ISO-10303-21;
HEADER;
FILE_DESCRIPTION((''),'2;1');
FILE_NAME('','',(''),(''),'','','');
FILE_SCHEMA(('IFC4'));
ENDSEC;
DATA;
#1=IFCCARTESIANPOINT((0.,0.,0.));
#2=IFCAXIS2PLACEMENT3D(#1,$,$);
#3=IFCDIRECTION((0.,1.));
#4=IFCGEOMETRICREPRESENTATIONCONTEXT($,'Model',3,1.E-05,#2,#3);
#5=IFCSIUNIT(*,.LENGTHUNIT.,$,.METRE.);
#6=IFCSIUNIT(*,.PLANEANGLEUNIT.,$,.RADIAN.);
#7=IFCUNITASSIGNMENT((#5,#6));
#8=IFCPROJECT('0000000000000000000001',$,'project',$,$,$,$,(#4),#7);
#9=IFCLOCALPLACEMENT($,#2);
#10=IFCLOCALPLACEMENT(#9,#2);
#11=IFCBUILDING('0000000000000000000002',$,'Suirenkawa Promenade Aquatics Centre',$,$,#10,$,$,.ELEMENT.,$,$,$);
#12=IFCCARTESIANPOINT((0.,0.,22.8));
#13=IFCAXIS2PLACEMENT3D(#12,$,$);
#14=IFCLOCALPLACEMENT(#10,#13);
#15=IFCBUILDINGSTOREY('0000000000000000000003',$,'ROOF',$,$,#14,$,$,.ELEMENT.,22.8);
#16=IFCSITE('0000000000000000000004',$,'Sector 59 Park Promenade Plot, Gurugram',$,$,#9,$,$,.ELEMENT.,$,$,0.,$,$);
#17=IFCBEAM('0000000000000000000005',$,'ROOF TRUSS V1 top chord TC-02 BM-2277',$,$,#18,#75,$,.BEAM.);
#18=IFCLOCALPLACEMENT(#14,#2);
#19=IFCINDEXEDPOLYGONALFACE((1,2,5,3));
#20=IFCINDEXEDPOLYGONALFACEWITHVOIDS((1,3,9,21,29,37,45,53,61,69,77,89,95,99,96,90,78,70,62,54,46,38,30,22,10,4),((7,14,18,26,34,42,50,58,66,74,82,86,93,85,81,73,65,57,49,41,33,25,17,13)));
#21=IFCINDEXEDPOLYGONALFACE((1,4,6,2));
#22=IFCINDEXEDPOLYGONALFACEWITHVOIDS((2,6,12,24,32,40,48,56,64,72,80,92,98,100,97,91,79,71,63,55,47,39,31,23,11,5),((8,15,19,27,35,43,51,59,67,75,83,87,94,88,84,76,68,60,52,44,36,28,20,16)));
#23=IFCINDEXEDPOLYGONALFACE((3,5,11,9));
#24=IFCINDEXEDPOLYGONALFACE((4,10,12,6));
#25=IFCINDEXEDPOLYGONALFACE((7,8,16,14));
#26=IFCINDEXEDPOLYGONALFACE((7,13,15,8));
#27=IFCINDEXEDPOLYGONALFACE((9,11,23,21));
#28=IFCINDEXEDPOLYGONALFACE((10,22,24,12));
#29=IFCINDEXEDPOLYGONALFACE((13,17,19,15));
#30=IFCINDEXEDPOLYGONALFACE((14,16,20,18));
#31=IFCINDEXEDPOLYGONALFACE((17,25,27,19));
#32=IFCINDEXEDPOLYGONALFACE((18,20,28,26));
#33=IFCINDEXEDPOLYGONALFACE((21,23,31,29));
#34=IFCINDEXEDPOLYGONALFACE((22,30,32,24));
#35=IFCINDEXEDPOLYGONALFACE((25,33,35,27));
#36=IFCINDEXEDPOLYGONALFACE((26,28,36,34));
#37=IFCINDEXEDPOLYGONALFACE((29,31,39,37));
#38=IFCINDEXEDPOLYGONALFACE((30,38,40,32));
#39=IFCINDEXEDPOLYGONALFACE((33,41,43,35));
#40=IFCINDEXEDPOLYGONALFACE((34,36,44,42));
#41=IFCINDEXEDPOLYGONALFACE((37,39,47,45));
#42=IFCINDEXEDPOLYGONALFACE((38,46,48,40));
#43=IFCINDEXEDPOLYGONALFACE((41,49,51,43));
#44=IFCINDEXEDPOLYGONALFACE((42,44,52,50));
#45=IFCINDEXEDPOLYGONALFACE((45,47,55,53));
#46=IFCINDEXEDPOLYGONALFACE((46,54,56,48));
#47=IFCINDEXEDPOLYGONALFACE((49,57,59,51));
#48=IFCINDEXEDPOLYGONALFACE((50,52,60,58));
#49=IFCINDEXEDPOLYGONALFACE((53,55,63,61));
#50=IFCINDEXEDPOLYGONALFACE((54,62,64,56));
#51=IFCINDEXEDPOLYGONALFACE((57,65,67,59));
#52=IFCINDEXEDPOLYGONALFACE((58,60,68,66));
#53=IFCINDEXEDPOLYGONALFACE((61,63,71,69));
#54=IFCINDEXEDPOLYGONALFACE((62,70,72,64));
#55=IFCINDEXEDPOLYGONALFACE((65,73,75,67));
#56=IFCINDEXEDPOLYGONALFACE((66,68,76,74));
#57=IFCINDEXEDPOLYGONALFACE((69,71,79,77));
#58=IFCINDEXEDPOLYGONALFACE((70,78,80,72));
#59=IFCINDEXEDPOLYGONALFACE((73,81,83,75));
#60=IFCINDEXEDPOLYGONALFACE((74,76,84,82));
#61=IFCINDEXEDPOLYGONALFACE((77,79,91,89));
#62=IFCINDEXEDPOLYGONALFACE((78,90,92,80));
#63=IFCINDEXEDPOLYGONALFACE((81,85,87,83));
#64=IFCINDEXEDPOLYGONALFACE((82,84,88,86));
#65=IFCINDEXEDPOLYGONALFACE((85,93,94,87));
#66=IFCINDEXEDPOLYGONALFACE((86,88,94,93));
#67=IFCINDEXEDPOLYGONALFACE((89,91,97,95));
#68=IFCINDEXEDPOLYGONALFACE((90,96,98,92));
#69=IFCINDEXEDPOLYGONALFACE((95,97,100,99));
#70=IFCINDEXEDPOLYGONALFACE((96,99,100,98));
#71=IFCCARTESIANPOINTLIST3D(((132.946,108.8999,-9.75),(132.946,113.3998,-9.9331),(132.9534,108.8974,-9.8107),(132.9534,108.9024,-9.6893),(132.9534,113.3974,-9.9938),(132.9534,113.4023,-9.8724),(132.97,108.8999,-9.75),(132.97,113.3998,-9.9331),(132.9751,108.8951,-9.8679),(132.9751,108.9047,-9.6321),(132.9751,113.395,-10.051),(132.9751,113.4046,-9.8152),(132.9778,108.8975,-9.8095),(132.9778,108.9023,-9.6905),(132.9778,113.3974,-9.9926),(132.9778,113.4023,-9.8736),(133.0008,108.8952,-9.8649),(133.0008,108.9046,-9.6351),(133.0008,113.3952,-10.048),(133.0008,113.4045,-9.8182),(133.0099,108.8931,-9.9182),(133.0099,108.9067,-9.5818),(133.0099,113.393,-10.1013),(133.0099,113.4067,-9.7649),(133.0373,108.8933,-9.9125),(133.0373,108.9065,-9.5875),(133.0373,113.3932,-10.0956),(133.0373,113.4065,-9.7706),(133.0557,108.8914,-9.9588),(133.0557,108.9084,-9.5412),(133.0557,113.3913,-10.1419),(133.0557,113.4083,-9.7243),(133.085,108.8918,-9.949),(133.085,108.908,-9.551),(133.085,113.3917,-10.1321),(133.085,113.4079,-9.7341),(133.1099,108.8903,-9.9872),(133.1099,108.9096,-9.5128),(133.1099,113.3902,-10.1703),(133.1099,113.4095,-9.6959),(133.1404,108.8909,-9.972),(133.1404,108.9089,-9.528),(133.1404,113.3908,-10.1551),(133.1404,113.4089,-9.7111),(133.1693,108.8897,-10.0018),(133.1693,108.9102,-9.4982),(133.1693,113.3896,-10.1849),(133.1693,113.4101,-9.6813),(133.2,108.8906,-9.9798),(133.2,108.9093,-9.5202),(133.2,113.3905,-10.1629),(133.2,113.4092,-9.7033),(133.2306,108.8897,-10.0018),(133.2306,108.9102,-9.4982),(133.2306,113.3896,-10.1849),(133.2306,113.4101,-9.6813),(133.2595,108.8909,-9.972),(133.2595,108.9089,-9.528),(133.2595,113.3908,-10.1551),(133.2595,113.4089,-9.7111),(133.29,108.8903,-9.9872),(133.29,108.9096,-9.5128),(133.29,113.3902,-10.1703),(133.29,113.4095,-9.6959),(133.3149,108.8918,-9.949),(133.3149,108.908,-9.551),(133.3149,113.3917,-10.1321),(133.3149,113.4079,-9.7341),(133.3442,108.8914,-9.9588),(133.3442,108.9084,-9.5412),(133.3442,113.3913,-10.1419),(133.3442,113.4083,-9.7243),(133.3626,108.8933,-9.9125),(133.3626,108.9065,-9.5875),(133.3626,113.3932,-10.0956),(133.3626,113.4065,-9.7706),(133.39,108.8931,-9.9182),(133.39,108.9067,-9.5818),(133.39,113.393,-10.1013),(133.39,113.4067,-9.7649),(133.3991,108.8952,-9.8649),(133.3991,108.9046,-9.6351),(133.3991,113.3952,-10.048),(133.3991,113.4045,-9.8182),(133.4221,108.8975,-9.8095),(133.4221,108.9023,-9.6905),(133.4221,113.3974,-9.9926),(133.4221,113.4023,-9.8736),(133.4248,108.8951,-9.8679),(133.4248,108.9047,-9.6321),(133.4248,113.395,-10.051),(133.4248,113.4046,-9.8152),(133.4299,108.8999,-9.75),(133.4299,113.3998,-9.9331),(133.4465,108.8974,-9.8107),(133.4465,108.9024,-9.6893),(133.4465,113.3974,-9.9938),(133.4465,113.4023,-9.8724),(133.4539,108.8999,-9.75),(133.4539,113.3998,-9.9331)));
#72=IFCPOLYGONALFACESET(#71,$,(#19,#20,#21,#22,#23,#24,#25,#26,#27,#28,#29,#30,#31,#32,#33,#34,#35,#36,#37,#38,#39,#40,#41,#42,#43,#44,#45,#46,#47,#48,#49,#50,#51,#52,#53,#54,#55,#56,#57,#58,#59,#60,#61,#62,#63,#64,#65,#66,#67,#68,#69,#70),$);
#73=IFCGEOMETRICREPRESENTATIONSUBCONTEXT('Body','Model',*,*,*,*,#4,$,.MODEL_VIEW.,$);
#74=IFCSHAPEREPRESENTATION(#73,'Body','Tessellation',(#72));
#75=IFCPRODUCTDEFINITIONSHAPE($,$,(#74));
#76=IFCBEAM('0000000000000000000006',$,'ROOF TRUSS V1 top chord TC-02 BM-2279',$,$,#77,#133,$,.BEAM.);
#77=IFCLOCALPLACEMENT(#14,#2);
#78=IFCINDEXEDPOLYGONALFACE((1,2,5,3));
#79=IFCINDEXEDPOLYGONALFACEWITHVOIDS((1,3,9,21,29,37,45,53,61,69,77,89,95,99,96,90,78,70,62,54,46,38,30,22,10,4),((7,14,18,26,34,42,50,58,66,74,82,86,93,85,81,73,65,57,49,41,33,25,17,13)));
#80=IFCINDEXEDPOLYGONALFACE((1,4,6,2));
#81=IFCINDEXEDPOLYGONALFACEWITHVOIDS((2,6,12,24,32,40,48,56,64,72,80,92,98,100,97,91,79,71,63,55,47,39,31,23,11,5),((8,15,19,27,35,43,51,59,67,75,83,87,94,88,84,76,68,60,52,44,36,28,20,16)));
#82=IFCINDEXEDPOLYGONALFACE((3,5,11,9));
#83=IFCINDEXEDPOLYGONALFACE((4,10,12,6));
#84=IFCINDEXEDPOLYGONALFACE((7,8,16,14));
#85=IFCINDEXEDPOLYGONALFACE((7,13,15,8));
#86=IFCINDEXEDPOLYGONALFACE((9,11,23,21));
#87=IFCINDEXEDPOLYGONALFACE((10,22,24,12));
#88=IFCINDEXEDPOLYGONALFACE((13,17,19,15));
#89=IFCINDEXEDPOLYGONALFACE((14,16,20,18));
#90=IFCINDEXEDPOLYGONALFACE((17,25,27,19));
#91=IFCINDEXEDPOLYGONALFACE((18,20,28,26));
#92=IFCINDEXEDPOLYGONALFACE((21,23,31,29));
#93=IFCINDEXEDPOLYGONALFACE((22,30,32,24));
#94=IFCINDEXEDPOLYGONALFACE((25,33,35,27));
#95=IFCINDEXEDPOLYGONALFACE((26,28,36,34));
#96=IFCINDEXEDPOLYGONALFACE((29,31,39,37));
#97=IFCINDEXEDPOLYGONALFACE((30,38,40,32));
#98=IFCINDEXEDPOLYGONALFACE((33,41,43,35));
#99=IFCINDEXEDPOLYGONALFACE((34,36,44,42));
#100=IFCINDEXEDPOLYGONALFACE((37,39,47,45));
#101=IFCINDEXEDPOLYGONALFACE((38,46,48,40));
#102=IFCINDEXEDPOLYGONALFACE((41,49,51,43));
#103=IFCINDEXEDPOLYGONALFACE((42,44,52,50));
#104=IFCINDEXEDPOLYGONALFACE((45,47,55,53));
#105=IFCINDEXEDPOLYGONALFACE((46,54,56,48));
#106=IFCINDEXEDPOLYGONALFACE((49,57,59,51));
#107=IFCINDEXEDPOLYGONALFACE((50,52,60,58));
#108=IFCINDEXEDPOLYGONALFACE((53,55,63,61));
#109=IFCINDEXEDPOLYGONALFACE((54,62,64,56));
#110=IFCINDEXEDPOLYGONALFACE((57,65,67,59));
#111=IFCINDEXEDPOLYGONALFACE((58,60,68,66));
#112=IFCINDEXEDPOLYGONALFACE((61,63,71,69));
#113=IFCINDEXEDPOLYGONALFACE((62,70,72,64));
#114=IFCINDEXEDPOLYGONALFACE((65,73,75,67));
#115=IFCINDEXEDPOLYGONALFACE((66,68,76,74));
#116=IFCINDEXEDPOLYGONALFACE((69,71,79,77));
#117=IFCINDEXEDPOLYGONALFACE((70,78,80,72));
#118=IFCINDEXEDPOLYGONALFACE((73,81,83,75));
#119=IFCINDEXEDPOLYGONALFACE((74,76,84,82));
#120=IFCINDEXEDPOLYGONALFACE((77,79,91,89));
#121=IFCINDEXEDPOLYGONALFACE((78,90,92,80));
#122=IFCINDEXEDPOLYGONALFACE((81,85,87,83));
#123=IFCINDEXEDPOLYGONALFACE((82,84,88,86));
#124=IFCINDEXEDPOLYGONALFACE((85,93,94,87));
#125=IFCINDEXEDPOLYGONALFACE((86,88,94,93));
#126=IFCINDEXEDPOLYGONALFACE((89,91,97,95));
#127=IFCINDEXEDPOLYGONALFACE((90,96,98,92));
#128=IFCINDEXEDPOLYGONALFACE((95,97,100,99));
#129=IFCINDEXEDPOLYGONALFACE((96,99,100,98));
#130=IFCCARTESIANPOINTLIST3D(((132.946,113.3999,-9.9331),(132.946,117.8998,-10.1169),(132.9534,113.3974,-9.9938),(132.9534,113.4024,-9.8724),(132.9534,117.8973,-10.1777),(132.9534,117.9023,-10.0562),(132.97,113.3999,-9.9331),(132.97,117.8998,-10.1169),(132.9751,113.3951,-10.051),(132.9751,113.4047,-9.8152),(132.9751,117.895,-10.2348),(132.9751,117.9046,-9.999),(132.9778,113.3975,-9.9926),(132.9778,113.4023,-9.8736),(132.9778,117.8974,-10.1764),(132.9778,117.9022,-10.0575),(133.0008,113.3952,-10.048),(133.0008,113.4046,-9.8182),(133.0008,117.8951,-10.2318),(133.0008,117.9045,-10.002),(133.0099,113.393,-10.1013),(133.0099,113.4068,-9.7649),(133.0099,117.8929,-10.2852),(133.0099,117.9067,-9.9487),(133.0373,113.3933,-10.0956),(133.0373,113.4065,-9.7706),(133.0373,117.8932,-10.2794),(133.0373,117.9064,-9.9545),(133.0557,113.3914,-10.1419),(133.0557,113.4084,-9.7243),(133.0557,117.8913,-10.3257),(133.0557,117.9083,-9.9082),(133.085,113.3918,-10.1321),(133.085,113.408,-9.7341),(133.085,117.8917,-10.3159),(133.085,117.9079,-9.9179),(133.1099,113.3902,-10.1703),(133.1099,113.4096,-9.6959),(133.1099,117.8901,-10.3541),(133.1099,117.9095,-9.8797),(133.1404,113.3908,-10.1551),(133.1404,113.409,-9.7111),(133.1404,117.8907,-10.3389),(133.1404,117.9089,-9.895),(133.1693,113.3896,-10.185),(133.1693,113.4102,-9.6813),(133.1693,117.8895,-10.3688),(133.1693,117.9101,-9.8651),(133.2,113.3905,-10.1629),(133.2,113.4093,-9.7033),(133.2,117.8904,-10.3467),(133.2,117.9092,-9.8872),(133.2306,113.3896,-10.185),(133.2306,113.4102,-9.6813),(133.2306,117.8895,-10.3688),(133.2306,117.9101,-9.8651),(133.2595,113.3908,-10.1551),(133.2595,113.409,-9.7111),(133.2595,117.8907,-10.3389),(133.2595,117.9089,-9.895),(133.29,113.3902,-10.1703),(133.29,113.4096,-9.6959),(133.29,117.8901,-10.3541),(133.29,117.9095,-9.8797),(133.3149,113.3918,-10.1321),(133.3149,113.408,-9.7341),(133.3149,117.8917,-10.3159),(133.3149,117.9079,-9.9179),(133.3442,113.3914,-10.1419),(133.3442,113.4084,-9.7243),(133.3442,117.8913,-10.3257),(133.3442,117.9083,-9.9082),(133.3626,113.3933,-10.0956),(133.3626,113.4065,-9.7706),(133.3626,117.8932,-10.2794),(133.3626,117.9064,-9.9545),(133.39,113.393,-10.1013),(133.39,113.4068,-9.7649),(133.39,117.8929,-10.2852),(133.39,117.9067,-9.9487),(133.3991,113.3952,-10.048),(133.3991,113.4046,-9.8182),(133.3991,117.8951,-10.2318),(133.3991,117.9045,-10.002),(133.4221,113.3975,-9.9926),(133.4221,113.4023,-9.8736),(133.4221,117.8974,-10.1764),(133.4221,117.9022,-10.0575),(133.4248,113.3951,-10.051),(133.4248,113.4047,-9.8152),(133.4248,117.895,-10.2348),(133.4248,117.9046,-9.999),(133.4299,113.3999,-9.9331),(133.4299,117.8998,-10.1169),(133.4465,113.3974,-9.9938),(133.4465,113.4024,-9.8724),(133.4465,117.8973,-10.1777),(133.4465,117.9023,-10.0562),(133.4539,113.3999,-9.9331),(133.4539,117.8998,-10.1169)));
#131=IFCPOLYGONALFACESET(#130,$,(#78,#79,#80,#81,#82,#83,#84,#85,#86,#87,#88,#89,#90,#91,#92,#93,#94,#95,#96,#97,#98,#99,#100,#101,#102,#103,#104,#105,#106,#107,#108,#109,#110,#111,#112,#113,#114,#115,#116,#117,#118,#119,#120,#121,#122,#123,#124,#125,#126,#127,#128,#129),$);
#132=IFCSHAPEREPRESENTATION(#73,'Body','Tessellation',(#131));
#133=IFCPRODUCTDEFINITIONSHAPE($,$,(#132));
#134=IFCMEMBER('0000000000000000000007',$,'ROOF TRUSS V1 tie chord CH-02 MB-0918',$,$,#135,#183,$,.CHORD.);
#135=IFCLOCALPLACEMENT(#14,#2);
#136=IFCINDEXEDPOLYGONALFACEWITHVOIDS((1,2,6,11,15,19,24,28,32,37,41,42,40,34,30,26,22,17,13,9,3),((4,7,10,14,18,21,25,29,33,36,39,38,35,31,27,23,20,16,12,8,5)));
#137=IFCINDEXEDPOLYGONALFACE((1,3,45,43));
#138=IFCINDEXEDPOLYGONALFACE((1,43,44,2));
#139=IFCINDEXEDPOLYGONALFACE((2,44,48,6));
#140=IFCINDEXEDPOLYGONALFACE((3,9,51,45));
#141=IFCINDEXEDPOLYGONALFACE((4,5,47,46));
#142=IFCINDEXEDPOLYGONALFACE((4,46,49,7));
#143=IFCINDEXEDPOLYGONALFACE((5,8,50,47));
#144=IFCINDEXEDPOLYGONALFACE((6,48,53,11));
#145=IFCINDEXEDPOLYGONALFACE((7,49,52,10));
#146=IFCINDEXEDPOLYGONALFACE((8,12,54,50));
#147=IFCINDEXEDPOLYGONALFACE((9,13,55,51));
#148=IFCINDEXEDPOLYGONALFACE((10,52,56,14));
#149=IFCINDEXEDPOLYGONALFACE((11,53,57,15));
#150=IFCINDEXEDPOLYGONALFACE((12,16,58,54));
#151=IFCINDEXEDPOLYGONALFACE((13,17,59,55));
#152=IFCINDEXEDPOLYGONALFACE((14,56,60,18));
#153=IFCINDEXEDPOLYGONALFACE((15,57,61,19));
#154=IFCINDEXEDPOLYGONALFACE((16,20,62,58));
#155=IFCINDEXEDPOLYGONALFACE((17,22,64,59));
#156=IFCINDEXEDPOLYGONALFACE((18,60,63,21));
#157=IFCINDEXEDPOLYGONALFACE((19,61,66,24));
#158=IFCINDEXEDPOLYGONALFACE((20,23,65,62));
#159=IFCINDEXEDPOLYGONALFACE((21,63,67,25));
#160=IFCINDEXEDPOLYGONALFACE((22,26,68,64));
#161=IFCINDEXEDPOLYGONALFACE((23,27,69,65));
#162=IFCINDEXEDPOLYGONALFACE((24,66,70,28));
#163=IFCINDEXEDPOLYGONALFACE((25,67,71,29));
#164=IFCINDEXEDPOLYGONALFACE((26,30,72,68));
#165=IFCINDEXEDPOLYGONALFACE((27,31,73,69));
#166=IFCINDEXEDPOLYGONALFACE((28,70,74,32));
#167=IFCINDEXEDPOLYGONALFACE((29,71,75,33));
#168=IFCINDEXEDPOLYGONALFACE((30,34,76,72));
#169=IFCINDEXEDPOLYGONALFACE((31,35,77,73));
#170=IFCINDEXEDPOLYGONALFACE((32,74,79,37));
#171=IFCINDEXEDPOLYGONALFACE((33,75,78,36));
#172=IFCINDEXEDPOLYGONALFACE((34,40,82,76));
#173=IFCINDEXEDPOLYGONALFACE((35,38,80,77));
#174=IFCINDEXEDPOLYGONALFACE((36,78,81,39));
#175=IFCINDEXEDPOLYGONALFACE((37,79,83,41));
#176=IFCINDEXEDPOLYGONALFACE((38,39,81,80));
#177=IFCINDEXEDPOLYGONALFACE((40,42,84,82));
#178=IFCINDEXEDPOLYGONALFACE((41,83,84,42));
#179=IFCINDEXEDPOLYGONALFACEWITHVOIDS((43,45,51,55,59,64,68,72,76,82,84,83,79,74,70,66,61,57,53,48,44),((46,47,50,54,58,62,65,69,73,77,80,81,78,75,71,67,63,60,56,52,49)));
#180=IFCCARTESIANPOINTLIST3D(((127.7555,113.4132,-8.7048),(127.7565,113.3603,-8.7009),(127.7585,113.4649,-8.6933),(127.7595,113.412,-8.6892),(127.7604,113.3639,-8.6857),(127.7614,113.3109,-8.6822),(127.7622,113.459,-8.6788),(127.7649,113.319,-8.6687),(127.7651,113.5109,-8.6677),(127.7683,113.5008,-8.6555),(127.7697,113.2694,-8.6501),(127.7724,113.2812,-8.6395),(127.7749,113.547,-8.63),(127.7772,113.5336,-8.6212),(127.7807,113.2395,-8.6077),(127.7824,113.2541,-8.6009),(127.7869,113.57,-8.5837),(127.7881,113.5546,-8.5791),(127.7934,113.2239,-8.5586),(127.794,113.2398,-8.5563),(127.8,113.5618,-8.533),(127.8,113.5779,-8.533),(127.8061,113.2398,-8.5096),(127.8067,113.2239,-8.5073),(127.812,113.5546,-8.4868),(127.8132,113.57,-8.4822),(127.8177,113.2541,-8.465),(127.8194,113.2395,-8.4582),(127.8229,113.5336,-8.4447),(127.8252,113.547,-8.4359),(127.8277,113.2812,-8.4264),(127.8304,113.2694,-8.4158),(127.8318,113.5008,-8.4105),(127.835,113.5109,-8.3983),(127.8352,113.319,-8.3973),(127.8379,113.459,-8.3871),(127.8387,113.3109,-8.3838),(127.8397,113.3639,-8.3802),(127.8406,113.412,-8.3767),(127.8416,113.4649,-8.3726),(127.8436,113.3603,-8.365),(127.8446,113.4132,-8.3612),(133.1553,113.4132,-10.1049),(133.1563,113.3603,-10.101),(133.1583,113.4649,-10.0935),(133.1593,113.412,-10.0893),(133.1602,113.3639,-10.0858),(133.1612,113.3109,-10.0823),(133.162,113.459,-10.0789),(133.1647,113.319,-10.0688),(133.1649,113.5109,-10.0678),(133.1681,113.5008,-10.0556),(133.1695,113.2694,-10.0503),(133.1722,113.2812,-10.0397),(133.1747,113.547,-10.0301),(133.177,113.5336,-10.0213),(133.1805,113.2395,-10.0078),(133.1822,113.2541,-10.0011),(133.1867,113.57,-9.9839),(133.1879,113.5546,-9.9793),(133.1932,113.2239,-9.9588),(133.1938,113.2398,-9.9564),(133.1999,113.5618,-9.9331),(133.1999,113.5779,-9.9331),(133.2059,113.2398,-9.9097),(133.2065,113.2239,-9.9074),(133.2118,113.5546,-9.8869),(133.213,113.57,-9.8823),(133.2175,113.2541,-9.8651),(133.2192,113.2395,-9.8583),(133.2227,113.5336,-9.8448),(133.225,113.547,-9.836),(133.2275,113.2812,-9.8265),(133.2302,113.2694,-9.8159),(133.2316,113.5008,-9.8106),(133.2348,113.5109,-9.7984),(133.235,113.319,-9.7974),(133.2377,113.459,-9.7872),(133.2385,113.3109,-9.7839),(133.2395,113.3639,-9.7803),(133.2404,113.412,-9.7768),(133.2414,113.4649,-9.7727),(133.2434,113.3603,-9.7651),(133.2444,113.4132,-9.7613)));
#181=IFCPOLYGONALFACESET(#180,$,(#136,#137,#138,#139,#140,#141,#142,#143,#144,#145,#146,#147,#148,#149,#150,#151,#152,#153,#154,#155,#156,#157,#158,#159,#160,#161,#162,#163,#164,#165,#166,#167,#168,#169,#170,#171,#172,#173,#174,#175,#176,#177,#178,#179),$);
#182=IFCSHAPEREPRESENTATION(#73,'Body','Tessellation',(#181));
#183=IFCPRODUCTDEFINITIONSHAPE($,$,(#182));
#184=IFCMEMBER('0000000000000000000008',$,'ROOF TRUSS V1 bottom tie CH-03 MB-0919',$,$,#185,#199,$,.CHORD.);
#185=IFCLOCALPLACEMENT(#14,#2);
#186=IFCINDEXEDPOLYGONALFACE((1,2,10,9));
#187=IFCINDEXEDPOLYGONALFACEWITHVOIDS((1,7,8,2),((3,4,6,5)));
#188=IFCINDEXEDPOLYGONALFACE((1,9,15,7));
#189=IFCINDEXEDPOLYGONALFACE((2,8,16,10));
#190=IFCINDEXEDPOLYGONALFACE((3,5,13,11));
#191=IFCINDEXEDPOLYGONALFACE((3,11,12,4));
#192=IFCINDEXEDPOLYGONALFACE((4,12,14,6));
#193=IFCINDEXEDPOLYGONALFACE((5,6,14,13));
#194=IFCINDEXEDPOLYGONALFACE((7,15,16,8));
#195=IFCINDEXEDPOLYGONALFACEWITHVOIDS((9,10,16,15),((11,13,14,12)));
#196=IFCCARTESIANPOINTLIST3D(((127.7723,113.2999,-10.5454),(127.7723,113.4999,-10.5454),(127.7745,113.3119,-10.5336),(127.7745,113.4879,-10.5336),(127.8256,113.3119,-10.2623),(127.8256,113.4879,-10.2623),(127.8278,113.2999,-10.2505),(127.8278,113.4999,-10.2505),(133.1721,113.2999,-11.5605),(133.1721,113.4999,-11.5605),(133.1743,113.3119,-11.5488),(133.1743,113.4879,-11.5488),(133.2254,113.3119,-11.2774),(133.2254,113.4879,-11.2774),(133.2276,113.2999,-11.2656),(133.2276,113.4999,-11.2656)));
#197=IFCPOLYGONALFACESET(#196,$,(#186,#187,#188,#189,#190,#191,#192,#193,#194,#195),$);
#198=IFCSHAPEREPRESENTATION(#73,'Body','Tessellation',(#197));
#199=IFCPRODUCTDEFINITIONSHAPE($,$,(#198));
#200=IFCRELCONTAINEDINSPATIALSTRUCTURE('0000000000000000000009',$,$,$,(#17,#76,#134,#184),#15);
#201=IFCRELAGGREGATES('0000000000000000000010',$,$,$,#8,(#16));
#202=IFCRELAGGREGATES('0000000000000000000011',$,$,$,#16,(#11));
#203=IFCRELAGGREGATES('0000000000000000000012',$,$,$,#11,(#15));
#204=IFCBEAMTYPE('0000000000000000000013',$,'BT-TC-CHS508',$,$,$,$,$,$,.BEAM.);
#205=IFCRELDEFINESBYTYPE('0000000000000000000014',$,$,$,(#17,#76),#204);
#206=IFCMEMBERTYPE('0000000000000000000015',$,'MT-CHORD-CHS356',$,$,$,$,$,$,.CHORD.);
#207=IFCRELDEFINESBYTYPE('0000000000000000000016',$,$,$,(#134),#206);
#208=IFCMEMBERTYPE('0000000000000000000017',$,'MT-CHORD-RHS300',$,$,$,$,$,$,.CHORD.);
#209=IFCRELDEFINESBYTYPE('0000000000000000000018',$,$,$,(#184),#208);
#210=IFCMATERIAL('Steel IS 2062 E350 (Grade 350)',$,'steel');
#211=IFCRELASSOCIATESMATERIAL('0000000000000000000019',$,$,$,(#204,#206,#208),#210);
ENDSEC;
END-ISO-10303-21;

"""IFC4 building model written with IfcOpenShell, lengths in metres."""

from ifc_helpers import new_model, si_unit, direction, frame, origin, origin_2d, place, context, subcontext, project, spatial, hollow_rectangle, hollow_circle, extrude, material, material_profile, profile_set, type_object, element, save


model = new_model("IFC4")

# Units and contexts
model_context = context("Model", 3, precision=1e-05, world=origin(), true_north=direction((0.0, 1.0)))
body_context = subcontext(model_context, "Body", "Model", "MODEL_VIEW")
ifc_project = project(units=[si_unit("LENGTHUNIT", "METRE"), si_unit("PLANEANGLEUNIT", "RADIAN")], contexts=[model_context])

# Site, building, storey
site_placement = place(None, origin())
site = spatial("IfcSite", under=ifc_project, at=site_placement, Name="Sector 59 Park Promenade Plot, Gurugram", CompositionType="ELEMENT", RefElevation=0.0)
building_placement = place(site_placement, origin())
building = spatial("IfcBuilding", under=site, at=building_placement, Name="Suirenkawa Promenade Aquatics Centre", CompositionType="ELEMENT")
storey_placement = place(building_placement, frame((0.0, 0.0, 22.8)))
storey = spatial("IfcBuildingStorey", under=building, at=storey_placement, Name="ROOF", CompositionType="ELEMENT", Elevation=22.8)

# Beams
ifc_material = material(Name="Steel IS 2062 E350 (Grade 350)", Category="steel")
ifc_material_profile_1 = material_profile(ifc_material, hollow_circle(Radius=0.2539, WallThickness=0.0239, at=origin_2d()), Name="CHS 508x24", Category="steel")
ifc_profile_set_1 = profile_set([ifc_material_profile_1], Name="Steel IS 2062 E350 (Grade 350)")
beam_type_1 = type_object("IfcBeamType", Name="BT-TC-CHS508", PredefinedType="BEAM", material=ifc_profile_set_1)
for number, where, z_axis, x_axis, name in (
    (1, (133.2, 108.8999, -9.75), (0.0, 0.999173, -0.040656), (-1.0, 0.0, 0.0), "ROOF TRUSS V1 top chord TC-02 BM-2277"),
    (2, (133.2, 113.3999, -9.9331), (0.0, 0.999167, -0.040819), (-1.0, 0.0, 0.0), "ROOF TRUSS V1 top chord TC-02 BM-2279"),
):
    element("IfcBeam", number, at=place(storey_placement, frame(where, z_axis=z_axis, x_axis=x_axis)), inside=storey, type_object=beam_type_1, Name=name, PredefinedType="BEAM", context=body_context, shape_type="SweptSolid", body=[
        extrude(hollow_circle(Radius=0.2539, WallThickness=0.0239, at=origin_2d()), origin(), (0.0, 0.0, 1.0), 4.5037),
    ])

# Members
ifc_material_profile_2 = material_profile(ifc_material, hollow_circle(Radius=0.178, WallThickness=0.0161, at=origin_2d()), Name="CHS 356x16", Category="steel")
ifc_profile_set_2 = profile_set([ifc_material_profile_2], Name="Steel IS 2062 E350 (Grade 350)")
member_type_1 = type_object("IfcMemberType", Name="MT-CHORD-CHS356", PredefinedType="CHORD", material=ifc_profile_set_2)
member_1_placement = place(storey_placement, frame((127.8, 113.3999, -8.533), z_axis=(0.967989, 0.0, -0.250991), x_axis=(0.0, 1.0, 0.0)))
element("IfcMember", 3, at=member_1_placement, inside=storey, type_object=member_type_1, Name="ROOF TRUSS V1 tie chord CH-02 MB-0918", PredefinedType="CHORD", context=body_context, shape_type="SweptSolid", body=[
    extrude(hollow_circle(Radius=0.178, WallThickness=0.0161, at=origin_2d()), origin(), (0.0, 0.0, 1.0), 5.5784),
])
ifc_material_profile_3 = material_profile(ifc_material, hollow_rectangle(XDim=0.2, YDim=0.3, WallThickness=0.012, at=origin_2d()), Name="RHS 300x200x12", Category="steel")
ifc_profile_set_3 = profile_set([ifc_material_profile_3], Name="Steel IS 2062 E350 (Grade 350)")
member_type_2 = type_object("IfcMemberType", Name="MT-CHORD-RHS300", PredefinedType="CHORD", material=ifc_profile_set_3)
member_2_placement = place(storey_placement, frame((127.8, 113.3999, -10.3979), z_axis=(0.982785, 0.0, -0.184755), x_axis=(0.0, 1.0, 0.0)))
element("IfcMember", 4, at=member_2_placement, inside=storey, type_object=member_type_2, Name="ROOF TRUSS V1 bottom tie CH-03 MB-0919", PredefinedType="CHORD", context=body_context, shape_type="SweptSolid", body=[
    extrude(hollow_rectangle(XDim=0.2, YDim=0.3, WallThickness=0.012, at=origin_2d()), origin(), (0.0, 0.0, 1.0), 5.4944),
])

save(model, "model.ifc")
